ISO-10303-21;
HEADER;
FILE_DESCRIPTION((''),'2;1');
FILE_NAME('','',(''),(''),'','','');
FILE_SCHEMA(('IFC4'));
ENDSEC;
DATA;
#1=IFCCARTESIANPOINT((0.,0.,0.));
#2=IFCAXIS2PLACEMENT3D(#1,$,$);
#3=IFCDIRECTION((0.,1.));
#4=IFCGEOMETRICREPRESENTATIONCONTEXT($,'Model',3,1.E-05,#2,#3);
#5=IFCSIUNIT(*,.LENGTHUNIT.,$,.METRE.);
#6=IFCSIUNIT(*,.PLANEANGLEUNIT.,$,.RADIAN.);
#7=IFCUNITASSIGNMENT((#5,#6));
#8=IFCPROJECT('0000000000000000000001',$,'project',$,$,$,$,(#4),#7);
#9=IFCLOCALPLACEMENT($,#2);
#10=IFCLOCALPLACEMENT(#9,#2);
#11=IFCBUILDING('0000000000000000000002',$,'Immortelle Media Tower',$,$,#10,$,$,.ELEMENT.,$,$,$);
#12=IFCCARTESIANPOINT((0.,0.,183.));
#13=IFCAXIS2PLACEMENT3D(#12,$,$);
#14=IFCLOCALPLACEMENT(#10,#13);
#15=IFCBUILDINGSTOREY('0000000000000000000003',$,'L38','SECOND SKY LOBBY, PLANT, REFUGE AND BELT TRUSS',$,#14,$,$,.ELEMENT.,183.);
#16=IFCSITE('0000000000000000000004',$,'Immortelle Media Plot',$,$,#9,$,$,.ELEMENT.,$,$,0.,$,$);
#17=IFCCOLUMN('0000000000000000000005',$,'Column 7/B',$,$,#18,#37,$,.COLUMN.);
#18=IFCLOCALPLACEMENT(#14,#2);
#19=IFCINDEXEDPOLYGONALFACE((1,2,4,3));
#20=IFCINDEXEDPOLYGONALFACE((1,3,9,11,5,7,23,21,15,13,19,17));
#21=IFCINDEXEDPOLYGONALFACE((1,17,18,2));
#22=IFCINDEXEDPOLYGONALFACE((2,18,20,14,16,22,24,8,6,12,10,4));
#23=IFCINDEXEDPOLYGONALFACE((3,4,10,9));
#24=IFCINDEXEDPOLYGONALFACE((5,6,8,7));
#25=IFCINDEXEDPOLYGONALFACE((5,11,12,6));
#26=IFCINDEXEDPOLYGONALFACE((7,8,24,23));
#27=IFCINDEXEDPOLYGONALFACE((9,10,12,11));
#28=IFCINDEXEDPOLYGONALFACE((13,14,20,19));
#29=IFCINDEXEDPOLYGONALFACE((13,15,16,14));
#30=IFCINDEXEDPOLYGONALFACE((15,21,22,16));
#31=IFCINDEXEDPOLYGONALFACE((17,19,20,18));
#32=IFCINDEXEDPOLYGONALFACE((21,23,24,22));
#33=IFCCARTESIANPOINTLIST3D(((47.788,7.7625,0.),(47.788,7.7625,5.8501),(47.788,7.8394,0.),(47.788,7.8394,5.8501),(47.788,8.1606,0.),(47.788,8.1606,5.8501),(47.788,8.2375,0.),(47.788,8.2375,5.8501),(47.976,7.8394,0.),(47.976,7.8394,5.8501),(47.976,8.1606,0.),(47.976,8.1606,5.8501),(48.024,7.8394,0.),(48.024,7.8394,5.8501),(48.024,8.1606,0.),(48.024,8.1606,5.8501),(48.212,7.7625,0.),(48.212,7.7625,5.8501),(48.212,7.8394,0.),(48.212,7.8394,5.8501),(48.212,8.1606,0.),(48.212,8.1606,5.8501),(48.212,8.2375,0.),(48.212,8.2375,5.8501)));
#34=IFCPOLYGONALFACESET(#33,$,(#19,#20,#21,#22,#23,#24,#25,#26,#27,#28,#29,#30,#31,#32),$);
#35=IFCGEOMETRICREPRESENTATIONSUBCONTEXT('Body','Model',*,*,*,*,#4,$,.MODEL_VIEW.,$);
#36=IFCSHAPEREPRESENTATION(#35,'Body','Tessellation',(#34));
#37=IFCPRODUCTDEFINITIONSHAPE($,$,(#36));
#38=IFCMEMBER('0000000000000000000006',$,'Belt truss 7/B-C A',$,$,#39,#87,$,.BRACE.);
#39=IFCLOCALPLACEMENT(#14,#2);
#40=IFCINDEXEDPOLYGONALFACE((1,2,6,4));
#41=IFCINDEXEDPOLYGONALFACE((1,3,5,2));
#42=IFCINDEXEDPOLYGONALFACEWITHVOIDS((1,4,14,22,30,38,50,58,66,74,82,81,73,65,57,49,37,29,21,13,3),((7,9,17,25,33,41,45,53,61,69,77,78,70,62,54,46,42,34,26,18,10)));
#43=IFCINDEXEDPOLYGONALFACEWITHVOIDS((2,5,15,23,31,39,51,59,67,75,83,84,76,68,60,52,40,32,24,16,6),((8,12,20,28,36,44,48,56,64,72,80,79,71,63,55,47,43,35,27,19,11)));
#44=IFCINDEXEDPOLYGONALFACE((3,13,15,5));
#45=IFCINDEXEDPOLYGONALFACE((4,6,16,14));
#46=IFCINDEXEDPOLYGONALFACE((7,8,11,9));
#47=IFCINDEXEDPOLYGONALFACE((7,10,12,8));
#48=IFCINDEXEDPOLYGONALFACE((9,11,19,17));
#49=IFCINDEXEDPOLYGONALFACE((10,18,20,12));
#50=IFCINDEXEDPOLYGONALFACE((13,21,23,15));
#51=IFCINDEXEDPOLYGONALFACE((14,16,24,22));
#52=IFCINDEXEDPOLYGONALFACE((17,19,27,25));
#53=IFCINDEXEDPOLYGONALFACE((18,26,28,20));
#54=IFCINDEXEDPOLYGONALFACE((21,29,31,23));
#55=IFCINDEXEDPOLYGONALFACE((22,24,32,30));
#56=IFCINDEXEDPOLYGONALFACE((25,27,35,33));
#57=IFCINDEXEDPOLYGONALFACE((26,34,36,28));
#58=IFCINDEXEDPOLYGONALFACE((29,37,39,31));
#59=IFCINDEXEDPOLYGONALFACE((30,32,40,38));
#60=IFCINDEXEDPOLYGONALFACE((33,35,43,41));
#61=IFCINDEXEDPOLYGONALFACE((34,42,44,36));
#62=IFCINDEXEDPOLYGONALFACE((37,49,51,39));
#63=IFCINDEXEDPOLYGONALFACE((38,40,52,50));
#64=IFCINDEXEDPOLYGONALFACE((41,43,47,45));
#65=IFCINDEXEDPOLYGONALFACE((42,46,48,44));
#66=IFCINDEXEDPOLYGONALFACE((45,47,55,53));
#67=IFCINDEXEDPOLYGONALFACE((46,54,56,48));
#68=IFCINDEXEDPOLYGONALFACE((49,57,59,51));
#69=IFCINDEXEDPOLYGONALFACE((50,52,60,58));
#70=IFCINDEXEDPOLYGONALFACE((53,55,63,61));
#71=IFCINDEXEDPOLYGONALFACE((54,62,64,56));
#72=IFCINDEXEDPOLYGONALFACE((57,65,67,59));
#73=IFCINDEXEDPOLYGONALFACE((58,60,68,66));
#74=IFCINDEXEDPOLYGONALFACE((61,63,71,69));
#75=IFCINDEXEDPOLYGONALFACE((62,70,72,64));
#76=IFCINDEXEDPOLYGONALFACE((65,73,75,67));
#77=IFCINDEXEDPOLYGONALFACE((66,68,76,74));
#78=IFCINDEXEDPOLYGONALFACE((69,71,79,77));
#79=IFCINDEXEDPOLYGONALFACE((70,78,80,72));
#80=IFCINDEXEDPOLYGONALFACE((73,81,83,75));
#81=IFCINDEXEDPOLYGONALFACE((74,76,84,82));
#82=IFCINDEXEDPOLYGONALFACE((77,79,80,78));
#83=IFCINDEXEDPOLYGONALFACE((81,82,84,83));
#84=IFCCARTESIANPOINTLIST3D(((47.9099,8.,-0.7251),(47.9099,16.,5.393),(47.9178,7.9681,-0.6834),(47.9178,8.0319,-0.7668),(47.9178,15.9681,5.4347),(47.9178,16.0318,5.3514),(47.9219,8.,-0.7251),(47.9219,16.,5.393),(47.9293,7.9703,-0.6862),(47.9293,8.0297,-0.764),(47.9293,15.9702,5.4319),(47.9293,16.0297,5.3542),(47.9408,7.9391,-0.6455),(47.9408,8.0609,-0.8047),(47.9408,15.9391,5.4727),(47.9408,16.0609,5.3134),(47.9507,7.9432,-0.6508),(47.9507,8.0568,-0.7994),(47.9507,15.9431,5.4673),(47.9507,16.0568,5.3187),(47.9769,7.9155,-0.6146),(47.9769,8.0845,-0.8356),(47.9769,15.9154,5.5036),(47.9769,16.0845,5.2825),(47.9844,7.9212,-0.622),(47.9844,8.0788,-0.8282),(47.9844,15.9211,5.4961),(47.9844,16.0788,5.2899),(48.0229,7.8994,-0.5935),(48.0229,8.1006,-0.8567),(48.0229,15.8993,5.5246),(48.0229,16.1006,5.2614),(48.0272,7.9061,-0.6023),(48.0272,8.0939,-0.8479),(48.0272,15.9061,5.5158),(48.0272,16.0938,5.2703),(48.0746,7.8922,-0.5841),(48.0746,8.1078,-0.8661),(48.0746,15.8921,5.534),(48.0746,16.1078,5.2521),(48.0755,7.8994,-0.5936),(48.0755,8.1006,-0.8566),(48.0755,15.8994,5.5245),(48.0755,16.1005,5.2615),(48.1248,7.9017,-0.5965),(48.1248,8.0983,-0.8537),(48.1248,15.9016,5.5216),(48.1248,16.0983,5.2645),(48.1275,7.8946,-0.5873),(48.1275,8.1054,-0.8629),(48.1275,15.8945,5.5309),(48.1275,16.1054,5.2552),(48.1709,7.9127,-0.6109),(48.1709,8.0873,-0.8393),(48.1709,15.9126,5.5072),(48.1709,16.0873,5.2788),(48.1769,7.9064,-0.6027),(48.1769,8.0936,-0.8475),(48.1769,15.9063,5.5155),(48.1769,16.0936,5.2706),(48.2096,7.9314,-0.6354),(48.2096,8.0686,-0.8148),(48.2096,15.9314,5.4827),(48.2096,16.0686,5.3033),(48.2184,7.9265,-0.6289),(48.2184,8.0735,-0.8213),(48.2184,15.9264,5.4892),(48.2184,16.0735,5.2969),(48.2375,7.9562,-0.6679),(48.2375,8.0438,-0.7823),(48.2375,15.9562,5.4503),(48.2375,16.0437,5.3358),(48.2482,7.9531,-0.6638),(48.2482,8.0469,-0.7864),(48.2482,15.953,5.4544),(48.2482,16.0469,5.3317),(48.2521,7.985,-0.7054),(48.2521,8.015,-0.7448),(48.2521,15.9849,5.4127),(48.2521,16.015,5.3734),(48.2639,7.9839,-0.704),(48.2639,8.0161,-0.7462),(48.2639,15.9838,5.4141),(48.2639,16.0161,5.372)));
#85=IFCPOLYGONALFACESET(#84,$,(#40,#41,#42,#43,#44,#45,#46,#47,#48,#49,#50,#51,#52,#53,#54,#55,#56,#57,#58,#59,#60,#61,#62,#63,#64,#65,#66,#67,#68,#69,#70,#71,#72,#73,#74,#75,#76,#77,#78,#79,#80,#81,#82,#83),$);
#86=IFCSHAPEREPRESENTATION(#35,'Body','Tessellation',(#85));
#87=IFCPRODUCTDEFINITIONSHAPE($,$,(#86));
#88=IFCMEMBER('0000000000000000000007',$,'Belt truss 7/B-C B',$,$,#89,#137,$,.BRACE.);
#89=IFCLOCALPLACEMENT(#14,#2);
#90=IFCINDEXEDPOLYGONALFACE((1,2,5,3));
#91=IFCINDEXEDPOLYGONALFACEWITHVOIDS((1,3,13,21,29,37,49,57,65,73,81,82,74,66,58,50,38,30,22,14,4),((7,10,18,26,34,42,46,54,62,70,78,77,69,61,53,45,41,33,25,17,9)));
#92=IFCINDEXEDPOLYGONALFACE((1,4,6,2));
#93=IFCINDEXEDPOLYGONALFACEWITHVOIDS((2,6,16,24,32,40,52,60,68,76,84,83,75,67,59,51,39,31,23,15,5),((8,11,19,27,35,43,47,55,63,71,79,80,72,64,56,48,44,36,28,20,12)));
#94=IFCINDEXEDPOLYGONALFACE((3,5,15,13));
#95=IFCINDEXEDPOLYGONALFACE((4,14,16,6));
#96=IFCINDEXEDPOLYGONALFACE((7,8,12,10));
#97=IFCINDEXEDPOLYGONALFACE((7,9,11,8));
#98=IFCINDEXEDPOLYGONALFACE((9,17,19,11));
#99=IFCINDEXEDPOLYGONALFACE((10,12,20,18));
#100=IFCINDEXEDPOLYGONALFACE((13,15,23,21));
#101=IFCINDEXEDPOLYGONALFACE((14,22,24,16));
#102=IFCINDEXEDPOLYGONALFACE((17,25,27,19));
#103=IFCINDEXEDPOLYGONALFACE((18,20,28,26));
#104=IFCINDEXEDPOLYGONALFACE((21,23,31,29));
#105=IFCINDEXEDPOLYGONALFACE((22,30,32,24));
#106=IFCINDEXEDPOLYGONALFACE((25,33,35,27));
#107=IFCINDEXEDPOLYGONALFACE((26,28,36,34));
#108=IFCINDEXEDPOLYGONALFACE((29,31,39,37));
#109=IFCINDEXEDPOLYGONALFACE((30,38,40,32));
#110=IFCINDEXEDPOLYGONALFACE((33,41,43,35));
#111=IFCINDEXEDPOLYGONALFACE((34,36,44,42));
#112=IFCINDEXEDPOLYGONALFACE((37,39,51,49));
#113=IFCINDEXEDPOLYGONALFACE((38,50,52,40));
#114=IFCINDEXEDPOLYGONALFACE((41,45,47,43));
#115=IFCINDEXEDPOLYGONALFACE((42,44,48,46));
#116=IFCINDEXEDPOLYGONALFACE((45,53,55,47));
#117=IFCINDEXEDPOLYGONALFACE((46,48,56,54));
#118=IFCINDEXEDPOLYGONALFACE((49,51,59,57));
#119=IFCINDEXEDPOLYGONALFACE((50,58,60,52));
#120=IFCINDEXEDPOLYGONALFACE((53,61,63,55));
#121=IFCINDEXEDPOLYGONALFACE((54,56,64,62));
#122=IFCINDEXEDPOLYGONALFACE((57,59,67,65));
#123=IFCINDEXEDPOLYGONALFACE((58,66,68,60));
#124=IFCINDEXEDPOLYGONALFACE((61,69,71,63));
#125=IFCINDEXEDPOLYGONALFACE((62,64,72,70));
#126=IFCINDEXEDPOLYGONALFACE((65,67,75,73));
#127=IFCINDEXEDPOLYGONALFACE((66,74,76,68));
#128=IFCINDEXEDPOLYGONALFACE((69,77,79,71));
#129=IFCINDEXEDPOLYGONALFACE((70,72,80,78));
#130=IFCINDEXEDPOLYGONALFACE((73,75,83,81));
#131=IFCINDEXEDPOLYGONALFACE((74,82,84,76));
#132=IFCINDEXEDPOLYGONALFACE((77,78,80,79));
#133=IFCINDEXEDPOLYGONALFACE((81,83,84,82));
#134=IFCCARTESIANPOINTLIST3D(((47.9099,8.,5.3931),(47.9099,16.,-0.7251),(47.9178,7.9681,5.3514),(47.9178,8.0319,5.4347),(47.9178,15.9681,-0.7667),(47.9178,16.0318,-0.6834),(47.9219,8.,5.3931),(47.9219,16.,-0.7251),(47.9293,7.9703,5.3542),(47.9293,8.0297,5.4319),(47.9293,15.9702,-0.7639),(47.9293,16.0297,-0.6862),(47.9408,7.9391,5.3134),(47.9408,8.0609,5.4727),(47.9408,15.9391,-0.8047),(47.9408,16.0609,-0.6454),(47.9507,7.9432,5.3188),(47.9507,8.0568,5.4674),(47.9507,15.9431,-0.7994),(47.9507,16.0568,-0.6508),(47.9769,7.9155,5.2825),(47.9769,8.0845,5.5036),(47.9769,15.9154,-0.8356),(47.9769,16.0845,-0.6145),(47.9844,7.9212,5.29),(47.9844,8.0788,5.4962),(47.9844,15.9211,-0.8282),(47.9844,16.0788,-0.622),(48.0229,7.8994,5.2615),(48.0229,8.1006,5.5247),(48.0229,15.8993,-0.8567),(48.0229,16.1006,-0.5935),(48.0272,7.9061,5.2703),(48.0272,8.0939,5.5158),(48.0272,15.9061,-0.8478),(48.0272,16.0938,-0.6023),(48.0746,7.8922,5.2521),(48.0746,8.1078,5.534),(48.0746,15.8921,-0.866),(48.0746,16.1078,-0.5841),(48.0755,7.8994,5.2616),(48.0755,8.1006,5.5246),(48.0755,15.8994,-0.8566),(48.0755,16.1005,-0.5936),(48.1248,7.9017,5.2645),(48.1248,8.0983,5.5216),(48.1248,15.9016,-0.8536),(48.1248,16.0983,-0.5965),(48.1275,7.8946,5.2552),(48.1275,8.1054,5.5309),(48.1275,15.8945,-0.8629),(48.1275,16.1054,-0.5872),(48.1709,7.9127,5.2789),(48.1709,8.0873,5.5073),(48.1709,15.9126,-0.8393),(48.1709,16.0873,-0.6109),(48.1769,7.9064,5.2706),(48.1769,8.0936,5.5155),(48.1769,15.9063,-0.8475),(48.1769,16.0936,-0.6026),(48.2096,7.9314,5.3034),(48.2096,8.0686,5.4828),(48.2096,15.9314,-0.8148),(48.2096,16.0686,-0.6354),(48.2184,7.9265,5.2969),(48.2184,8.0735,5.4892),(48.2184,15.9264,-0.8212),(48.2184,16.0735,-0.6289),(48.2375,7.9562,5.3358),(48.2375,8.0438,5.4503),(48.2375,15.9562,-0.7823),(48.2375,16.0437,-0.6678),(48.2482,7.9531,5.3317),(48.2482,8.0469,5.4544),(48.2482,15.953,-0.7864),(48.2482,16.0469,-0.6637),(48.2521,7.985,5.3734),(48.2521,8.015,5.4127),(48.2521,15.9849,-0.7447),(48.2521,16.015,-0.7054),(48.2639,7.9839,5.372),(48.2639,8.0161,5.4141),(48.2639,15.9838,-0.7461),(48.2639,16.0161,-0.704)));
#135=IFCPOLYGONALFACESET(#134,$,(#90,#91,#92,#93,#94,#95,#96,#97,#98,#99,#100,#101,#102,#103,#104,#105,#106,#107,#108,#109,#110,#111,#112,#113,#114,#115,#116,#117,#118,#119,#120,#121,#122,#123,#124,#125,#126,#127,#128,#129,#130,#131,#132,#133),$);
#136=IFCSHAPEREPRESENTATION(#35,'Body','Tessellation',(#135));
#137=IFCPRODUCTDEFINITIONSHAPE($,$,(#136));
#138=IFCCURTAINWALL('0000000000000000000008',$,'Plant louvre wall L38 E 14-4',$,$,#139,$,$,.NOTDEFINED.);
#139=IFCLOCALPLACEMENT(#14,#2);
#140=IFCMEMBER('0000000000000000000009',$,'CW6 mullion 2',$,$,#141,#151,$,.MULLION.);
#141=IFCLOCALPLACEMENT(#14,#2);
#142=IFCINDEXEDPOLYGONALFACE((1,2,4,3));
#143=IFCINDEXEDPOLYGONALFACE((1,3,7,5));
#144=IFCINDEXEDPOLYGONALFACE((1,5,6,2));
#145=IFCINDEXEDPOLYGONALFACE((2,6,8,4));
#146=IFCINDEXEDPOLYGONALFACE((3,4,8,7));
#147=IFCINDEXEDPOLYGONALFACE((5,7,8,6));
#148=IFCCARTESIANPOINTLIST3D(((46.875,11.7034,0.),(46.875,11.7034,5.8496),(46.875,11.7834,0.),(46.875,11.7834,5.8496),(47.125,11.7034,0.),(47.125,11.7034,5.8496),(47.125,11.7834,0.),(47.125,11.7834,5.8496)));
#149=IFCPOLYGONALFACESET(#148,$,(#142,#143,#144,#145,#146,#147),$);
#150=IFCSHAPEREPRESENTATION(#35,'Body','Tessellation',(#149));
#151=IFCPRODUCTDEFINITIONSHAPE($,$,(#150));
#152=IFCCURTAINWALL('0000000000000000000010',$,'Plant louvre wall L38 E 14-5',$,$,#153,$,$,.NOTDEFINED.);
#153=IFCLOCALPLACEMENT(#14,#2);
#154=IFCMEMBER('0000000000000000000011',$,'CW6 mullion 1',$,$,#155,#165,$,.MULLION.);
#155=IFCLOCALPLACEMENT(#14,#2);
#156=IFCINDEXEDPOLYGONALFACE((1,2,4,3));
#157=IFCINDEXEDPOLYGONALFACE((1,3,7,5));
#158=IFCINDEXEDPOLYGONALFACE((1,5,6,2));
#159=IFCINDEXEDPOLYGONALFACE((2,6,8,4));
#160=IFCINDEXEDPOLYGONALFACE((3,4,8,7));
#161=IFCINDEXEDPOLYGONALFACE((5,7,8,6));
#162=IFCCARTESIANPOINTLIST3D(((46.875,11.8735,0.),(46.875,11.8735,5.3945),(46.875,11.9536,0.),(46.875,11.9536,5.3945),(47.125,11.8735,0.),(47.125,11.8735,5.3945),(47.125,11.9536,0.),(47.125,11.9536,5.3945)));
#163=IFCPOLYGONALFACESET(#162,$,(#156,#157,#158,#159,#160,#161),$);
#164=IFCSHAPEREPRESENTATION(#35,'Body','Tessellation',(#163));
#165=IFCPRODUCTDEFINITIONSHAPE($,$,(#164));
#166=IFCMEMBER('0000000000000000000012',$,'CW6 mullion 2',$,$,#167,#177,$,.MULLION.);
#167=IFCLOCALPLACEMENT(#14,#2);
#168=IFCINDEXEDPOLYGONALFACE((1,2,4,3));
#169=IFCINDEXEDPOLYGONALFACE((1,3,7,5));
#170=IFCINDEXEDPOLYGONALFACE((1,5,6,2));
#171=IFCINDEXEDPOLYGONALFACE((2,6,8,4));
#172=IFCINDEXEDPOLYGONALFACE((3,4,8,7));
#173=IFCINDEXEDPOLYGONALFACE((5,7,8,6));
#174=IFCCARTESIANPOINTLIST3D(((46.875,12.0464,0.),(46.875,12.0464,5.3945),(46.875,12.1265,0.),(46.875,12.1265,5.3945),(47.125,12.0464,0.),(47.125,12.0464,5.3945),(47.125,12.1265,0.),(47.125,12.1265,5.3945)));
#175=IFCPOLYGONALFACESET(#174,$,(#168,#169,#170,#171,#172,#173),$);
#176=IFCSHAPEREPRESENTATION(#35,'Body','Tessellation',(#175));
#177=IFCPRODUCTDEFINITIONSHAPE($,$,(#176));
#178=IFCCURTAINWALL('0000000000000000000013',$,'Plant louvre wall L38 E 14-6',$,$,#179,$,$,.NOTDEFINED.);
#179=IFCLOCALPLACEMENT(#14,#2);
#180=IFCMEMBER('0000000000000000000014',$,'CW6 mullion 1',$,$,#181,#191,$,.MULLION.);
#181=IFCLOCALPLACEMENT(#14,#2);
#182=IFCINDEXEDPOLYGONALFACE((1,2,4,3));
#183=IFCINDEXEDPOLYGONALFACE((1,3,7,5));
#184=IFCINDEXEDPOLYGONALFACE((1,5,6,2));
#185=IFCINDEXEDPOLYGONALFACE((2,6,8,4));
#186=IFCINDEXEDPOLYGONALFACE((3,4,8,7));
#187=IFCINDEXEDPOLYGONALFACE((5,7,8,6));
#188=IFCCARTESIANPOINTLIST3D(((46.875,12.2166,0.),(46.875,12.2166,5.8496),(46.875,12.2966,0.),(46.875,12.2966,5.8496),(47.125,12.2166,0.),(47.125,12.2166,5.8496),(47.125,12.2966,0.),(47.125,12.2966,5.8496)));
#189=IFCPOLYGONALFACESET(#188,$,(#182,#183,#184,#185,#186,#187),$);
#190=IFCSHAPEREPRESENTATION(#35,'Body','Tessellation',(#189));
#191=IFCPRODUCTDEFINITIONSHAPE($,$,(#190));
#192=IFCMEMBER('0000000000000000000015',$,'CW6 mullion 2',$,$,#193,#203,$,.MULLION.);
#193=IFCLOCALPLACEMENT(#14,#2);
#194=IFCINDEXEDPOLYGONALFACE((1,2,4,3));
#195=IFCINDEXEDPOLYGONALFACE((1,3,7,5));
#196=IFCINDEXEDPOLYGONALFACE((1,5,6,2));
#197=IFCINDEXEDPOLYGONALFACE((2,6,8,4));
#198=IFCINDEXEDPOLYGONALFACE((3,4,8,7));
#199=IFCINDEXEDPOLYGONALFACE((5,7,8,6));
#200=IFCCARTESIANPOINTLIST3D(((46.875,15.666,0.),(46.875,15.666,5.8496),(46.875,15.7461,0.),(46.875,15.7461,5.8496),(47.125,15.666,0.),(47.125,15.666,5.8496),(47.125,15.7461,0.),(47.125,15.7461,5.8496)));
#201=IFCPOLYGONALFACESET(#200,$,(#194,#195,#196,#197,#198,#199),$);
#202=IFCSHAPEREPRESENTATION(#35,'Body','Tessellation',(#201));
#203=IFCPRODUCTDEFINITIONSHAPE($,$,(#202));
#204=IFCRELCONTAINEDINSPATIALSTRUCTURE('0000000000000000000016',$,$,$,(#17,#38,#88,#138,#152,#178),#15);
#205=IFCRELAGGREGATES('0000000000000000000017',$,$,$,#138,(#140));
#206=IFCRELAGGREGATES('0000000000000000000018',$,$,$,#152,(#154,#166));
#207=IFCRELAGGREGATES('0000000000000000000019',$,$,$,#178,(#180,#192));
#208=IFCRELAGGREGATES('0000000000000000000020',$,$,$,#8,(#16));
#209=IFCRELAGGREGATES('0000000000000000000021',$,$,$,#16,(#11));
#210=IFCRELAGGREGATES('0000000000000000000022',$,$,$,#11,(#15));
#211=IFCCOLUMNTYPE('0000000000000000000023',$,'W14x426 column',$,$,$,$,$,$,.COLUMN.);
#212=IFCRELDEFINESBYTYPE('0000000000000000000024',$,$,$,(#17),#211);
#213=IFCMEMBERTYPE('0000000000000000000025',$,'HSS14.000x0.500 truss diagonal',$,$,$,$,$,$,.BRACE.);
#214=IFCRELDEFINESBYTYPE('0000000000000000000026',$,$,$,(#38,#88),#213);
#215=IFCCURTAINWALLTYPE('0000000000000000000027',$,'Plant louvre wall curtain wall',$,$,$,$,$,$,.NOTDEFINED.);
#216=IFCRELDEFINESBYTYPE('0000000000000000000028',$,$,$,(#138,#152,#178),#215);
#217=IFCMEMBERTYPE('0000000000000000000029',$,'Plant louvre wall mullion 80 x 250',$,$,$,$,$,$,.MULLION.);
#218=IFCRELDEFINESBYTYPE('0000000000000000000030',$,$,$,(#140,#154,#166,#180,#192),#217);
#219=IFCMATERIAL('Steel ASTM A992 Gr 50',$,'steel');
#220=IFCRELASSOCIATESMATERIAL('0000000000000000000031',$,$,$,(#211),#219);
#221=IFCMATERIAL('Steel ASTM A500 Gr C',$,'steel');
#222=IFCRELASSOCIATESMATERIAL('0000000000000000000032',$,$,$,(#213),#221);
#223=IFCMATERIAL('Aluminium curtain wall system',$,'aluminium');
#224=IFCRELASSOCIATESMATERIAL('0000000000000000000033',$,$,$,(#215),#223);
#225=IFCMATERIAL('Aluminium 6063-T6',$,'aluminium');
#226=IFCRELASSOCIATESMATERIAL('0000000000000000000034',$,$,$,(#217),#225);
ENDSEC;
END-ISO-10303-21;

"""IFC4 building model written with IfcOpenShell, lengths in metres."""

from ifc_helpers import new_model, si_unit, direction, frame, origin, origin_2d, place, context, subcontext, project, spatial, rectangle, hollow_circle, i_section, extrude, material, material_profile, profile_set, type_object, element, aggregate, save


model = new_model("IFC4")

# Units and contexts
model_context = context("Model", 3, precision=1e-05, world=origin(), true_north=direction((0.0, 1.0)))
body_context = subcontext(model_context, "Body", "Model", "MODEL_VIEW")
ifc_project = project(units=[si_unit("LENGTHUNIT", "METRE"), si_unit("PLANEANGLEUNIT", "RADIAN")], contexts=[model_context])

# Site, building, storey
site_placement = place(None, origin())
site = spatial("IfcSite", under=ifc_project, at=site_placement, Name="Immortelle Media Plot", CompositionType="ELEMENT", RefElevation=0.0)
building_placement = place(site_placement, origin())
building = spatial("IfcBuilding", under=site, at=building_placement, Name="Immortelle Media Tower", CompositionType="ELEMENT")
storey_placement = place(building_placement, frame((0.0, 0.0, 183.0)))
storey = spatial("IfcBuildingStorey", under=building, at=storey_placement, Name="L38", Description="SECOND SKY LOBBY, PLANT, REFUGE AND BELT TRUSS", CompositionType="ELEMENT", Elevation=183.0)

# Column
ifc_material_1 = material(Name="Steel ASTM A992 Gr 50", Category="steel")
ifc_material_profile_1 = material_profile(ifc_material_1, i_section(OverallWidth=0.4241, OverallDepth=0.4751, WebThickness=0.0481, FlangeThickness=0.0769, at=origin_2d()), Name="W14x426")
ifc_profile_set_1 = profile_set([ifc_material_profile_1], Name="Steel ASTM A992 Gr 50")
column_type = type_object("IfcColumnType", Name="W14x426 column", PredefinedType="COLUMN", material=ifc_profile_set_1)
column_placement = place(storey_placement, frame((48.0, 8.0, 0.0), z_axis=(0.0, 0.0, 1.0), x_axis=(1.0, 0.0, 0.0)))
element("IfcColumn", 1, at=column_placement, inside=storey, type_object=column_type, Name="Column 7/B", PredefinedType="COLUMN", context=body_context, shape_type="SweptSolid", body=[
    extrude(i_section(OverallWidth=0.4241, OverallDepth=0.4751, WebThickness=0.0481, FlangeThickness=0.0769, at=origin_2d()), origin(), (0.0, 0.0, 1.0), 5.8501),
])

# Members
ifc_material_2 = material(Name="Steel ASTM A500 Gr C", Category="steel")
ifc_material_profile_2 = material_profile(ifc_material_2, hollow_circle(Radius=0.178, WallThickness=0.012, at=origin_2d()), Name="HSS14.000x0.500 truss diagonal")
ifc_profile_set_2 = profile_set([ifc_material_profile_2], Name="Steel ASTM A500 Gr C")
member_type_1 = type_object("IfcMemberType", Name="HSS14.000x0.500 truss diagonal", PredefinedType="BRACE", material=ifc_profile_set_2)
for number, where, z_axis, x_axis, name in (
    (2, (48.0879, 8.0, -0.7251), (0.0, 0.794333, 0.607482), (-1.0, 0.0, 0.0), "Belt truss 7/B-C A"),
    (3, (48.0879, 8.0, 5.3931), (0.0, 0.794333, -0.607482), (-1.0, 0.0, 0.0), "Belt truss 7/B-C B"),
):
    element("IfcMember", number, at=place(storey_placement, frame(where, z_axis=z_axis, x_axis=x_axis)), inside=storey, type_object=member_type_1, Name=name, PredefinedType="BRACE", context=body_context, shape_type="SweptSolid", body=[
        extrude(hollow_circle(Radius=0.178, WallThickness=0.012, at=origin_2d()), origin(), (0.0, 0.0, 1.0), 10.0713),
    ])

# Curtain wall, member
ifc_material_3 = material(Name="Aluminium curtain wall system", Category="aluminium")
curtain_wall_type = type_object("IfcCurtainWallType", Name="Plant louvre wall curtain wall", PredefinedType="NOTDEFINED", material=ifc_material_3)
curtain_wall_1_placement = place(storey_placement, origin())
curtain_wall_1 = element("IfcCurtainWall", 4, at=curtain_wall_1_placement, inside=storey, type_object=curtain_wall_type, Name="Plant louvre wall L38 E 14-4", PredefinedType="NOTDEFINED")
ifc_material_4 = material(Name="Aluminium 6063-T6", Category="aluminium")
ifc_material_profile_3 = material_profile(ifc_material_4, rectangle(XDim=0.25, YDim=0.0801, at=origin_2d()), Name="AL 80x250")
ifc_profile_set_3 = profile_set([ifc_material_profile_3], Name="Aluminium 6063-T6")
member_type_2 = type_object("IfcMemberType", Name="Plant louvre wall mullion 80 x 250", PredefinedType="MULLION", material=ifc_profile_set_3)
member_1_placement = place(storey_placement, frame((47.0, 11.7434, 0.0), z_axis=(0.0, 0.0, 1.0), x_axis=(-1.0, 0.0, 0.0)))
member_1 = element("IfcMember", 5, at=member_1_placement, type_object=member_type_2, Name="CW6 mullion 2", PredefinedType="MULLION", context=body_context, shape_type="SweptSolid", body=[
    extrude(rectangle(XDim=0.25, YDim=0.0801, at=origin_2d()), origin(), (0.0, 0.0, 1.0), 5.8496),
])

# Curtain walls, members
curtain_wall_2_placement = place(storey_placement, origin())
curtain_wall_2 = element("IfcCurtainWall", 6, at=curtain_wall_2_placement, inside=storey, type_object=curtain_wall_type, Name="Plant louvre wall L38 E 14-5", PredefinedType="NOTDEFINED")
member_2_placement = place(storey_placement, frame((47.0, 11.9136, 0.0), z_axis=(0.0, 0.0, 1.0), x_axis=(-1.0, 0.0, 0.0)))
member_2 = element("IfcMember", 7, at=member_2_placement, type_object=member_type_2, Name="CW6 mullion 1", PredefinedType="MULLION", context=body_context, shape_type="SweptSolid", body=[
    extrude(rectangle(XDim=0.25, YDim=0.0801, at=origin_2d()), origin(), (0.0, 0.0, 1.0), 5.3945),
])
member_3_placement = place(storey_placement, frame((47.0, 12.0864, 0.0), z_axis=(0.0, 0.0, 1.0), x_axis=(-1.0, 0.0, 0.0)))
member_3 = element("IfcMember", 8, at=member_3_placement, type_object=member_type_2, Name="CW6 mullion 2", PredefinedType="MULLION", context=body_context, shape_type="SweptSolid", body=[
    extrude(rectangle(XDim=0.25, YDim=0.0801, at=origin_2d()), origin(), (0.0, 0.0, 1.0), 5.3945),
])
curtain_wall_3_placement = place(storey_placement, origin())
curtain_wall_3 = element("IfcCurtainWall", 9, at=curtain_wall_3_placement, inside=storey, type_object=curtain_wall_type, Name="Plant louvre wall L38 E 14-6", PredefinedType="NOTDEFINED")
member_4_placement = place(storey_placement, frame((47.0, 12.2566, 0.0), z_axis=(0.0, 0.0, 1.0), x_axis=(-1.0, 0.0, 0.0)))
member_4 = element("IfcMember", 10, at=member_4_placement, type_object=member_type_2, Name="CW6 mullion 1", PredefinedType="MULLION", context=body_context, shape_type="SweptSolid", body=[
    extrude(rectangle(XDim=0.25, YDim=0.0801, at=origin_2d()), origin(), (0.0, 0.0, 1.0), 5.8496),
])
member_5_placement = place(storey_placement, frame((47.0, 15.7061, 0.0), z_axis=(0.0, 0.0, 1.0), x_axis=(-1.0, 0.0, 0.0)))
member_5 = element("IfcMember", 11, at=member_5_placement, type_object=member_type_2, Name="CW6 mullion 2", PredefinedType="MULLION", context=body_context, shape_type="SweptSolid", body=[
    extrude(rectangle(XDim=0.25, YDim=0.0801, at=origin_2d()), origin(), (0.0, 0.0, 1.0), 5.8496),
])

aggregate(curtain_wall_1, [member_1])
aggregate(curtain_wall_2, [member_2, member_3])
aggregate(curtain_wall_3, [member_4, member_5])

save(model, "model.ifc")
